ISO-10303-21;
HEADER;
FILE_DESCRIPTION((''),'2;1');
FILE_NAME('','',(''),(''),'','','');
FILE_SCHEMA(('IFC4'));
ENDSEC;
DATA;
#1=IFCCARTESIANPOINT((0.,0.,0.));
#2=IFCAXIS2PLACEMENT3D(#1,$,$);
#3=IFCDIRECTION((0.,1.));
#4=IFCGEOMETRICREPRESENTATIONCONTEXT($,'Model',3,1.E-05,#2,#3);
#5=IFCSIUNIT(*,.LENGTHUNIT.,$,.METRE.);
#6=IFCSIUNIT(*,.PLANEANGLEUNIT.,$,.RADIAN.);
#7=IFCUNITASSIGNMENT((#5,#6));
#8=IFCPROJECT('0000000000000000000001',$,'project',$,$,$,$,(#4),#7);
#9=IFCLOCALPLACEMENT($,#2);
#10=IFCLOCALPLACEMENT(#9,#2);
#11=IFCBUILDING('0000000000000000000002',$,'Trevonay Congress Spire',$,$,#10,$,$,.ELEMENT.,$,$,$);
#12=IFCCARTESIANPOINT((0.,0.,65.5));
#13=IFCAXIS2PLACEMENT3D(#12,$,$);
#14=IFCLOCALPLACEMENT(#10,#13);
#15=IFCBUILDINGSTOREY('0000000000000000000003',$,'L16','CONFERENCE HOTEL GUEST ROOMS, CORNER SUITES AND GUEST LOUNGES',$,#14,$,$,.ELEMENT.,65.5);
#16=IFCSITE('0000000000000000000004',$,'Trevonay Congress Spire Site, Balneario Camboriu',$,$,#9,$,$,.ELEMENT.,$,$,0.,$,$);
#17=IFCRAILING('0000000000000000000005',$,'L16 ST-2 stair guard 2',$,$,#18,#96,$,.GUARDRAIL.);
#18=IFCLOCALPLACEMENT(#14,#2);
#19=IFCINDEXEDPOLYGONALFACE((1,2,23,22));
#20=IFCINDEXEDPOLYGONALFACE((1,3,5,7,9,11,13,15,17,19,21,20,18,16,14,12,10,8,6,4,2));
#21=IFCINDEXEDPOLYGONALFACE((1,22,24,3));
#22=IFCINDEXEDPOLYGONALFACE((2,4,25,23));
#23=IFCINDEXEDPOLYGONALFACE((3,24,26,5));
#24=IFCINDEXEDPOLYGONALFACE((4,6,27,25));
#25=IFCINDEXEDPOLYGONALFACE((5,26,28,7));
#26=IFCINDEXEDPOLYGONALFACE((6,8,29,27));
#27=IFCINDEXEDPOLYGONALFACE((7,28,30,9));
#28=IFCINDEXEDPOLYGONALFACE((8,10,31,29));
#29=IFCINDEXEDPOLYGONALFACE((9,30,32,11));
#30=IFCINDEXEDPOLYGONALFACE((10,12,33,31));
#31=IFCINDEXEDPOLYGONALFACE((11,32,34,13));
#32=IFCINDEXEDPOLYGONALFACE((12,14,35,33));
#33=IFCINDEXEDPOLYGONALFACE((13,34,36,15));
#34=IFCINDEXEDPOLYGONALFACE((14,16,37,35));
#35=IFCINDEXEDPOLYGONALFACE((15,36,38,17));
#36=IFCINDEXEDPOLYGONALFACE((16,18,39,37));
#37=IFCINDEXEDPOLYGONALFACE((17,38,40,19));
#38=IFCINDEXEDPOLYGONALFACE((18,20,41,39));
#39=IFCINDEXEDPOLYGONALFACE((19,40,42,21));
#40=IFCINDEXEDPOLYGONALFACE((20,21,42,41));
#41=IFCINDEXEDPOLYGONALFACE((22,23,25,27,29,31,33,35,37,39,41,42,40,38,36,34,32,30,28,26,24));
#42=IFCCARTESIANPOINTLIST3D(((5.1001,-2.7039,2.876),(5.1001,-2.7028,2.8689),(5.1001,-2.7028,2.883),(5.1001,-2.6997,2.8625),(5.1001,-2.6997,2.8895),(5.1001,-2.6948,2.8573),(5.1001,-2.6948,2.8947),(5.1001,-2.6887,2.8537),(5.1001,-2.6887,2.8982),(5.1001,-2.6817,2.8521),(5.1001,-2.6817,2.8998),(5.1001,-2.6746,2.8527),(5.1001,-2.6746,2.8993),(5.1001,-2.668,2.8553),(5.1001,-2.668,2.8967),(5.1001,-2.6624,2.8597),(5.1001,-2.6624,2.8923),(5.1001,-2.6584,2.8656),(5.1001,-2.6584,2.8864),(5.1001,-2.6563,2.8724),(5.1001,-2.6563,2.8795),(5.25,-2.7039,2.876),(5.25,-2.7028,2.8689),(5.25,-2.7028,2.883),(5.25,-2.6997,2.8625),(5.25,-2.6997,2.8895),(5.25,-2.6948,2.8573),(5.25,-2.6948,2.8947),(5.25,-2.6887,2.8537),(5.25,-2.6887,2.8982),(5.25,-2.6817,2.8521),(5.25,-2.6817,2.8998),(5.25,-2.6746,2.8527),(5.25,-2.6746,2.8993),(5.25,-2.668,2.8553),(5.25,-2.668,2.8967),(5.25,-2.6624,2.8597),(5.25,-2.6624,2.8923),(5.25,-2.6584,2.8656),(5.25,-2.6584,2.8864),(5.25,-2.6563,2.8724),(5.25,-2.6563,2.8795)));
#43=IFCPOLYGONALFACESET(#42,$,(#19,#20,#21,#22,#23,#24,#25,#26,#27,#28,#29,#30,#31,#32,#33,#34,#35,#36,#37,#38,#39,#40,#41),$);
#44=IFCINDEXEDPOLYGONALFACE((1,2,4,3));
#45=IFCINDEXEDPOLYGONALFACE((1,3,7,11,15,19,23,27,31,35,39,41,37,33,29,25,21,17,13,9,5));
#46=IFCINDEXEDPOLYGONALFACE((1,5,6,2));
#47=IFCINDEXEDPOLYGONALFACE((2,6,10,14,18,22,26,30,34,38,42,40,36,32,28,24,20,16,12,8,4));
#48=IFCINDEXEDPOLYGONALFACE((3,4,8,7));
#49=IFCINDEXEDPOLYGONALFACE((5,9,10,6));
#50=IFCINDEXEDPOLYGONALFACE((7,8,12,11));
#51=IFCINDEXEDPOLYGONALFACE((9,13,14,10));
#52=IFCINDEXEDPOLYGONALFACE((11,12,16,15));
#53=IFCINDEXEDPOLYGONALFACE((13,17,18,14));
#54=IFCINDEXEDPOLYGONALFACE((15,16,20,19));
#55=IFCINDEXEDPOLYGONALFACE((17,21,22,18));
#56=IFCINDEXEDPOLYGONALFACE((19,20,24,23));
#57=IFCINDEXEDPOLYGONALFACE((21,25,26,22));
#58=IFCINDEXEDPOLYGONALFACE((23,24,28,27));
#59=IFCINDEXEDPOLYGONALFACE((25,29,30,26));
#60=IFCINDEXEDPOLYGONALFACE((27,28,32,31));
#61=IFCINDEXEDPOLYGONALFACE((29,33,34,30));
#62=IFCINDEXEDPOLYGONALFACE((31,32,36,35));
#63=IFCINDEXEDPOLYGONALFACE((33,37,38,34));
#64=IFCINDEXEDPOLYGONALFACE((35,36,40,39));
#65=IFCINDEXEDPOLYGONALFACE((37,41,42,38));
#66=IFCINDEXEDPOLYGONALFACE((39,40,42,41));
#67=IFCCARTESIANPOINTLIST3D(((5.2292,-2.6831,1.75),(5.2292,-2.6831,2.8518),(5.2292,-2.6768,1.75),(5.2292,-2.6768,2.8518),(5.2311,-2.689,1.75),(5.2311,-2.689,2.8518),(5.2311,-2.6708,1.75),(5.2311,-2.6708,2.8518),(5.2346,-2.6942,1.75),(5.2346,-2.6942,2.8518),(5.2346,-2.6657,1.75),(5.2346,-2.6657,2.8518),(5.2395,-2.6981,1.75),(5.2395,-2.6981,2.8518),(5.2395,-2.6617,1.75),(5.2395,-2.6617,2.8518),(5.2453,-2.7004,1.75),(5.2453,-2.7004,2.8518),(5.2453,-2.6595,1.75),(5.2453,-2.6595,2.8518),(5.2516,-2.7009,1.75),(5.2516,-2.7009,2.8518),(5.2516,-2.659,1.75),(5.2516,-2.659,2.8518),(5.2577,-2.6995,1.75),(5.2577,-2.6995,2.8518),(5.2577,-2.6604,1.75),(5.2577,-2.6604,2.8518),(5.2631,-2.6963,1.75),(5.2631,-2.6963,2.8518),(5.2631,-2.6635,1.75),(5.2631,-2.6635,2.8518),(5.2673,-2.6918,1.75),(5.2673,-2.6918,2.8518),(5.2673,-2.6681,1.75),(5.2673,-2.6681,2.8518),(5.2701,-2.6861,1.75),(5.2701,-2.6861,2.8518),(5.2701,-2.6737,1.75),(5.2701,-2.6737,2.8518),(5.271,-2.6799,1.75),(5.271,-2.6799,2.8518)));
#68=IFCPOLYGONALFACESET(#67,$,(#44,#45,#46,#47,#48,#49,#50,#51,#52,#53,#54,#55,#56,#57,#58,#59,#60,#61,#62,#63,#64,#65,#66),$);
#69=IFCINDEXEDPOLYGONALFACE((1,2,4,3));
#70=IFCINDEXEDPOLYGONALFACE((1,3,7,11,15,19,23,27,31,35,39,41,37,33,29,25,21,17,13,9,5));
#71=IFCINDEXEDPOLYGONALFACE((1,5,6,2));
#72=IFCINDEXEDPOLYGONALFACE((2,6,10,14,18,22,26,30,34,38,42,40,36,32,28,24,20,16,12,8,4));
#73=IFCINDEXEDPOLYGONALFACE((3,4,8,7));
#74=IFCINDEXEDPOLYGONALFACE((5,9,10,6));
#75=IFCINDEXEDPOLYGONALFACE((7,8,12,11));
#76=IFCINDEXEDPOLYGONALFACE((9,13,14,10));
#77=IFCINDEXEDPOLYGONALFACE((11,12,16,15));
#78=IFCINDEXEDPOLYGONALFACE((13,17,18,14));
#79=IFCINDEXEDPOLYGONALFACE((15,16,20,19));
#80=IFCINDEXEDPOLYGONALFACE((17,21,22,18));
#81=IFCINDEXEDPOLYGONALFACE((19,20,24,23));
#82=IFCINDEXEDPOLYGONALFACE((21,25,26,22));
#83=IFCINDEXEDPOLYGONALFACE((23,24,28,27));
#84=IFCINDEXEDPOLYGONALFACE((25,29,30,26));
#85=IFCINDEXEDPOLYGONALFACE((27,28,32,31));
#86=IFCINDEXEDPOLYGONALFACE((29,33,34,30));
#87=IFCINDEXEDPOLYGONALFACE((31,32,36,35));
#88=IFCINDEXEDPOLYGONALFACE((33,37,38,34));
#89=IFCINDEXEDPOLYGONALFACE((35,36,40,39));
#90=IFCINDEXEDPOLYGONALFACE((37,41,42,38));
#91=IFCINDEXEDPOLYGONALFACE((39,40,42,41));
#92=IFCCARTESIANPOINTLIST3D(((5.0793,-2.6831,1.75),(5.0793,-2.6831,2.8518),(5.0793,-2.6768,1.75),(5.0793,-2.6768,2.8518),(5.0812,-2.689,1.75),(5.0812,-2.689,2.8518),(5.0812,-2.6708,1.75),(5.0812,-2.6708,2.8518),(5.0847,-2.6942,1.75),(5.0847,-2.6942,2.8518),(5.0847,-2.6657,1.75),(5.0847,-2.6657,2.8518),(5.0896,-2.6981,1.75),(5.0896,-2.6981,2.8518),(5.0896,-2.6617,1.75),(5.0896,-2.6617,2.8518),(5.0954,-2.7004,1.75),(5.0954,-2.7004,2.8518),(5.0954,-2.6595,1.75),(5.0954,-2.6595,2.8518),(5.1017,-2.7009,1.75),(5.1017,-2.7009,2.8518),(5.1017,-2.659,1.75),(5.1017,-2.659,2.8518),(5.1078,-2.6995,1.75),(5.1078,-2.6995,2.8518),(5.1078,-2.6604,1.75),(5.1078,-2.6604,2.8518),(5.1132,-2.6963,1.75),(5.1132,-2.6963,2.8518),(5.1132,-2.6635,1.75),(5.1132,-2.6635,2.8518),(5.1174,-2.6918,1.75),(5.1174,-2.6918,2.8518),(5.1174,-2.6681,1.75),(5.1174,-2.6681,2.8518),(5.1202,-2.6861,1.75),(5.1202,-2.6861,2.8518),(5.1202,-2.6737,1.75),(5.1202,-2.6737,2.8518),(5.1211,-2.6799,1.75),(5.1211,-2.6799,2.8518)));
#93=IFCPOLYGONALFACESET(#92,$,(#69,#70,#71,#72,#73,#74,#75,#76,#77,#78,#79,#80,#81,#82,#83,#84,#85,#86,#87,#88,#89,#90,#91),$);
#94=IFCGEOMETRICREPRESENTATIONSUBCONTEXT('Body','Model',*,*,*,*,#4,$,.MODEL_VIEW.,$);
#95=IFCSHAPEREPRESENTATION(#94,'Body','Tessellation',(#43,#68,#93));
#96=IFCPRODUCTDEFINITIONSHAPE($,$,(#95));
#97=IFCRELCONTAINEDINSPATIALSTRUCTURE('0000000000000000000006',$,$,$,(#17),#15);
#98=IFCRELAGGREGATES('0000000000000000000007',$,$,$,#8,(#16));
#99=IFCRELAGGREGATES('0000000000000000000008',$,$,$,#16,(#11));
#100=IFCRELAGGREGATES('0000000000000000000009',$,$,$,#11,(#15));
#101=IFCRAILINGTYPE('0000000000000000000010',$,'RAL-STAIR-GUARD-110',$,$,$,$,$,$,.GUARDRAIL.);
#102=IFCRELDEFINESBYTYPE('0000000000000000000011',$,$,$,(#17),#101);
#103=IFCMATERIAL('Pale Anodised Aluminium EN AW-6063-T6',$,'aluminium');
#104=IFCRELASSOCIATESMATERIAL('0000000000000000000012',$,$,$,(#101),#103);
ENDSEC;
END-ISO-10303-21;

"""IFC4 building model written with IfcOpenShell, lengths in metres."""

from ifc_helpers import new_model, si_unit, direction, frame, origin, origin_2d, place, context, subcontext, project, spatial, circle, extrude, material, type_object, element, save


model = new_model("IFC4")

# Units and contexts
model_context = context("Model", 3, precision=1e-05, world=origin(), true_north=direction((0.0, 1.0)))
body_context = subcontext(model_context, "Body", "Model", "MODEL_VIEW")
ifc_project = project(units=[si_unit("LENGTHUNIT", "METRE"), si_unit("PLANEANGLEUNIT", "RADIAN")], contexts=[model_context])

# Site, building, storey
site_placement = place(None, origin())
site = spatial("IfcSite", under=ifc_project, at=site_placement, Name="Trevonay Congress Spire Site, Balneario Camboriu", CompositionType="ELEMENT", RefElevation=0.0)
building_placement = place(site_placement, origin())
building = spatial("IfcBuilding", under=site, at=building_placement, Name="Trevonay Congress Spire", CompositionType="ELEMENT")
storey_placement = place(building_placement, frame((0.0, 0.0, 65.5)))
storey = spatial("IfcBuildingStorey", under=building, at=storey_placement, Name="L16", Description="CONFERENCE HOTEL GUEST ROOMS, CORNER SUITES AND GUEST LOUNGES", CompositionType="ELEMENT", Elevation=65.5)

# Shared definitions
ifc_material_1 = material(Name="Pale Anodised Aluminium EN AW-6063-T6", Category="aluminium")

# Railing
railing_type_1 = type_object("IfcRailingType", Name="RAL-STAIR-GUARD-110", PredefinedType="GUARDRAIL", material=ifc_material_1)
railing_1_placement = place(storey_placement, frame((5.25, -2.6799, 1.75)))
element("IfcRailing", 1, at=railing_1_placement, inside=storey, type_object=railing_type_1, Name="L16 ST-2 stair guard 2", PredefinedType="GUARDRAIL", context=body_context, shape_type="SweptSolid", body=[
    extrude(circle(Radius=0.0239, at=origin_2d()), frame((0.0, 0.0, 1.126), z_axis=(-1.0, 0.0, 0.0), x_axis=(0.0, -1.0, 0.0)), (0.0, 0.0, 1.0), 0.1499),
    extrude(circle(Radius=0.021, at=origin_2d()), origin(), (0.0, 0.0, 1.0), 1.1018),
    extrude(circle(Radius=0.021, at=origin_2d()), frame((-0.1499, 0.0, 0.0)), (0.0, 0.0, 1.0), 1.1018),
])

save(model, "model.ifc")
